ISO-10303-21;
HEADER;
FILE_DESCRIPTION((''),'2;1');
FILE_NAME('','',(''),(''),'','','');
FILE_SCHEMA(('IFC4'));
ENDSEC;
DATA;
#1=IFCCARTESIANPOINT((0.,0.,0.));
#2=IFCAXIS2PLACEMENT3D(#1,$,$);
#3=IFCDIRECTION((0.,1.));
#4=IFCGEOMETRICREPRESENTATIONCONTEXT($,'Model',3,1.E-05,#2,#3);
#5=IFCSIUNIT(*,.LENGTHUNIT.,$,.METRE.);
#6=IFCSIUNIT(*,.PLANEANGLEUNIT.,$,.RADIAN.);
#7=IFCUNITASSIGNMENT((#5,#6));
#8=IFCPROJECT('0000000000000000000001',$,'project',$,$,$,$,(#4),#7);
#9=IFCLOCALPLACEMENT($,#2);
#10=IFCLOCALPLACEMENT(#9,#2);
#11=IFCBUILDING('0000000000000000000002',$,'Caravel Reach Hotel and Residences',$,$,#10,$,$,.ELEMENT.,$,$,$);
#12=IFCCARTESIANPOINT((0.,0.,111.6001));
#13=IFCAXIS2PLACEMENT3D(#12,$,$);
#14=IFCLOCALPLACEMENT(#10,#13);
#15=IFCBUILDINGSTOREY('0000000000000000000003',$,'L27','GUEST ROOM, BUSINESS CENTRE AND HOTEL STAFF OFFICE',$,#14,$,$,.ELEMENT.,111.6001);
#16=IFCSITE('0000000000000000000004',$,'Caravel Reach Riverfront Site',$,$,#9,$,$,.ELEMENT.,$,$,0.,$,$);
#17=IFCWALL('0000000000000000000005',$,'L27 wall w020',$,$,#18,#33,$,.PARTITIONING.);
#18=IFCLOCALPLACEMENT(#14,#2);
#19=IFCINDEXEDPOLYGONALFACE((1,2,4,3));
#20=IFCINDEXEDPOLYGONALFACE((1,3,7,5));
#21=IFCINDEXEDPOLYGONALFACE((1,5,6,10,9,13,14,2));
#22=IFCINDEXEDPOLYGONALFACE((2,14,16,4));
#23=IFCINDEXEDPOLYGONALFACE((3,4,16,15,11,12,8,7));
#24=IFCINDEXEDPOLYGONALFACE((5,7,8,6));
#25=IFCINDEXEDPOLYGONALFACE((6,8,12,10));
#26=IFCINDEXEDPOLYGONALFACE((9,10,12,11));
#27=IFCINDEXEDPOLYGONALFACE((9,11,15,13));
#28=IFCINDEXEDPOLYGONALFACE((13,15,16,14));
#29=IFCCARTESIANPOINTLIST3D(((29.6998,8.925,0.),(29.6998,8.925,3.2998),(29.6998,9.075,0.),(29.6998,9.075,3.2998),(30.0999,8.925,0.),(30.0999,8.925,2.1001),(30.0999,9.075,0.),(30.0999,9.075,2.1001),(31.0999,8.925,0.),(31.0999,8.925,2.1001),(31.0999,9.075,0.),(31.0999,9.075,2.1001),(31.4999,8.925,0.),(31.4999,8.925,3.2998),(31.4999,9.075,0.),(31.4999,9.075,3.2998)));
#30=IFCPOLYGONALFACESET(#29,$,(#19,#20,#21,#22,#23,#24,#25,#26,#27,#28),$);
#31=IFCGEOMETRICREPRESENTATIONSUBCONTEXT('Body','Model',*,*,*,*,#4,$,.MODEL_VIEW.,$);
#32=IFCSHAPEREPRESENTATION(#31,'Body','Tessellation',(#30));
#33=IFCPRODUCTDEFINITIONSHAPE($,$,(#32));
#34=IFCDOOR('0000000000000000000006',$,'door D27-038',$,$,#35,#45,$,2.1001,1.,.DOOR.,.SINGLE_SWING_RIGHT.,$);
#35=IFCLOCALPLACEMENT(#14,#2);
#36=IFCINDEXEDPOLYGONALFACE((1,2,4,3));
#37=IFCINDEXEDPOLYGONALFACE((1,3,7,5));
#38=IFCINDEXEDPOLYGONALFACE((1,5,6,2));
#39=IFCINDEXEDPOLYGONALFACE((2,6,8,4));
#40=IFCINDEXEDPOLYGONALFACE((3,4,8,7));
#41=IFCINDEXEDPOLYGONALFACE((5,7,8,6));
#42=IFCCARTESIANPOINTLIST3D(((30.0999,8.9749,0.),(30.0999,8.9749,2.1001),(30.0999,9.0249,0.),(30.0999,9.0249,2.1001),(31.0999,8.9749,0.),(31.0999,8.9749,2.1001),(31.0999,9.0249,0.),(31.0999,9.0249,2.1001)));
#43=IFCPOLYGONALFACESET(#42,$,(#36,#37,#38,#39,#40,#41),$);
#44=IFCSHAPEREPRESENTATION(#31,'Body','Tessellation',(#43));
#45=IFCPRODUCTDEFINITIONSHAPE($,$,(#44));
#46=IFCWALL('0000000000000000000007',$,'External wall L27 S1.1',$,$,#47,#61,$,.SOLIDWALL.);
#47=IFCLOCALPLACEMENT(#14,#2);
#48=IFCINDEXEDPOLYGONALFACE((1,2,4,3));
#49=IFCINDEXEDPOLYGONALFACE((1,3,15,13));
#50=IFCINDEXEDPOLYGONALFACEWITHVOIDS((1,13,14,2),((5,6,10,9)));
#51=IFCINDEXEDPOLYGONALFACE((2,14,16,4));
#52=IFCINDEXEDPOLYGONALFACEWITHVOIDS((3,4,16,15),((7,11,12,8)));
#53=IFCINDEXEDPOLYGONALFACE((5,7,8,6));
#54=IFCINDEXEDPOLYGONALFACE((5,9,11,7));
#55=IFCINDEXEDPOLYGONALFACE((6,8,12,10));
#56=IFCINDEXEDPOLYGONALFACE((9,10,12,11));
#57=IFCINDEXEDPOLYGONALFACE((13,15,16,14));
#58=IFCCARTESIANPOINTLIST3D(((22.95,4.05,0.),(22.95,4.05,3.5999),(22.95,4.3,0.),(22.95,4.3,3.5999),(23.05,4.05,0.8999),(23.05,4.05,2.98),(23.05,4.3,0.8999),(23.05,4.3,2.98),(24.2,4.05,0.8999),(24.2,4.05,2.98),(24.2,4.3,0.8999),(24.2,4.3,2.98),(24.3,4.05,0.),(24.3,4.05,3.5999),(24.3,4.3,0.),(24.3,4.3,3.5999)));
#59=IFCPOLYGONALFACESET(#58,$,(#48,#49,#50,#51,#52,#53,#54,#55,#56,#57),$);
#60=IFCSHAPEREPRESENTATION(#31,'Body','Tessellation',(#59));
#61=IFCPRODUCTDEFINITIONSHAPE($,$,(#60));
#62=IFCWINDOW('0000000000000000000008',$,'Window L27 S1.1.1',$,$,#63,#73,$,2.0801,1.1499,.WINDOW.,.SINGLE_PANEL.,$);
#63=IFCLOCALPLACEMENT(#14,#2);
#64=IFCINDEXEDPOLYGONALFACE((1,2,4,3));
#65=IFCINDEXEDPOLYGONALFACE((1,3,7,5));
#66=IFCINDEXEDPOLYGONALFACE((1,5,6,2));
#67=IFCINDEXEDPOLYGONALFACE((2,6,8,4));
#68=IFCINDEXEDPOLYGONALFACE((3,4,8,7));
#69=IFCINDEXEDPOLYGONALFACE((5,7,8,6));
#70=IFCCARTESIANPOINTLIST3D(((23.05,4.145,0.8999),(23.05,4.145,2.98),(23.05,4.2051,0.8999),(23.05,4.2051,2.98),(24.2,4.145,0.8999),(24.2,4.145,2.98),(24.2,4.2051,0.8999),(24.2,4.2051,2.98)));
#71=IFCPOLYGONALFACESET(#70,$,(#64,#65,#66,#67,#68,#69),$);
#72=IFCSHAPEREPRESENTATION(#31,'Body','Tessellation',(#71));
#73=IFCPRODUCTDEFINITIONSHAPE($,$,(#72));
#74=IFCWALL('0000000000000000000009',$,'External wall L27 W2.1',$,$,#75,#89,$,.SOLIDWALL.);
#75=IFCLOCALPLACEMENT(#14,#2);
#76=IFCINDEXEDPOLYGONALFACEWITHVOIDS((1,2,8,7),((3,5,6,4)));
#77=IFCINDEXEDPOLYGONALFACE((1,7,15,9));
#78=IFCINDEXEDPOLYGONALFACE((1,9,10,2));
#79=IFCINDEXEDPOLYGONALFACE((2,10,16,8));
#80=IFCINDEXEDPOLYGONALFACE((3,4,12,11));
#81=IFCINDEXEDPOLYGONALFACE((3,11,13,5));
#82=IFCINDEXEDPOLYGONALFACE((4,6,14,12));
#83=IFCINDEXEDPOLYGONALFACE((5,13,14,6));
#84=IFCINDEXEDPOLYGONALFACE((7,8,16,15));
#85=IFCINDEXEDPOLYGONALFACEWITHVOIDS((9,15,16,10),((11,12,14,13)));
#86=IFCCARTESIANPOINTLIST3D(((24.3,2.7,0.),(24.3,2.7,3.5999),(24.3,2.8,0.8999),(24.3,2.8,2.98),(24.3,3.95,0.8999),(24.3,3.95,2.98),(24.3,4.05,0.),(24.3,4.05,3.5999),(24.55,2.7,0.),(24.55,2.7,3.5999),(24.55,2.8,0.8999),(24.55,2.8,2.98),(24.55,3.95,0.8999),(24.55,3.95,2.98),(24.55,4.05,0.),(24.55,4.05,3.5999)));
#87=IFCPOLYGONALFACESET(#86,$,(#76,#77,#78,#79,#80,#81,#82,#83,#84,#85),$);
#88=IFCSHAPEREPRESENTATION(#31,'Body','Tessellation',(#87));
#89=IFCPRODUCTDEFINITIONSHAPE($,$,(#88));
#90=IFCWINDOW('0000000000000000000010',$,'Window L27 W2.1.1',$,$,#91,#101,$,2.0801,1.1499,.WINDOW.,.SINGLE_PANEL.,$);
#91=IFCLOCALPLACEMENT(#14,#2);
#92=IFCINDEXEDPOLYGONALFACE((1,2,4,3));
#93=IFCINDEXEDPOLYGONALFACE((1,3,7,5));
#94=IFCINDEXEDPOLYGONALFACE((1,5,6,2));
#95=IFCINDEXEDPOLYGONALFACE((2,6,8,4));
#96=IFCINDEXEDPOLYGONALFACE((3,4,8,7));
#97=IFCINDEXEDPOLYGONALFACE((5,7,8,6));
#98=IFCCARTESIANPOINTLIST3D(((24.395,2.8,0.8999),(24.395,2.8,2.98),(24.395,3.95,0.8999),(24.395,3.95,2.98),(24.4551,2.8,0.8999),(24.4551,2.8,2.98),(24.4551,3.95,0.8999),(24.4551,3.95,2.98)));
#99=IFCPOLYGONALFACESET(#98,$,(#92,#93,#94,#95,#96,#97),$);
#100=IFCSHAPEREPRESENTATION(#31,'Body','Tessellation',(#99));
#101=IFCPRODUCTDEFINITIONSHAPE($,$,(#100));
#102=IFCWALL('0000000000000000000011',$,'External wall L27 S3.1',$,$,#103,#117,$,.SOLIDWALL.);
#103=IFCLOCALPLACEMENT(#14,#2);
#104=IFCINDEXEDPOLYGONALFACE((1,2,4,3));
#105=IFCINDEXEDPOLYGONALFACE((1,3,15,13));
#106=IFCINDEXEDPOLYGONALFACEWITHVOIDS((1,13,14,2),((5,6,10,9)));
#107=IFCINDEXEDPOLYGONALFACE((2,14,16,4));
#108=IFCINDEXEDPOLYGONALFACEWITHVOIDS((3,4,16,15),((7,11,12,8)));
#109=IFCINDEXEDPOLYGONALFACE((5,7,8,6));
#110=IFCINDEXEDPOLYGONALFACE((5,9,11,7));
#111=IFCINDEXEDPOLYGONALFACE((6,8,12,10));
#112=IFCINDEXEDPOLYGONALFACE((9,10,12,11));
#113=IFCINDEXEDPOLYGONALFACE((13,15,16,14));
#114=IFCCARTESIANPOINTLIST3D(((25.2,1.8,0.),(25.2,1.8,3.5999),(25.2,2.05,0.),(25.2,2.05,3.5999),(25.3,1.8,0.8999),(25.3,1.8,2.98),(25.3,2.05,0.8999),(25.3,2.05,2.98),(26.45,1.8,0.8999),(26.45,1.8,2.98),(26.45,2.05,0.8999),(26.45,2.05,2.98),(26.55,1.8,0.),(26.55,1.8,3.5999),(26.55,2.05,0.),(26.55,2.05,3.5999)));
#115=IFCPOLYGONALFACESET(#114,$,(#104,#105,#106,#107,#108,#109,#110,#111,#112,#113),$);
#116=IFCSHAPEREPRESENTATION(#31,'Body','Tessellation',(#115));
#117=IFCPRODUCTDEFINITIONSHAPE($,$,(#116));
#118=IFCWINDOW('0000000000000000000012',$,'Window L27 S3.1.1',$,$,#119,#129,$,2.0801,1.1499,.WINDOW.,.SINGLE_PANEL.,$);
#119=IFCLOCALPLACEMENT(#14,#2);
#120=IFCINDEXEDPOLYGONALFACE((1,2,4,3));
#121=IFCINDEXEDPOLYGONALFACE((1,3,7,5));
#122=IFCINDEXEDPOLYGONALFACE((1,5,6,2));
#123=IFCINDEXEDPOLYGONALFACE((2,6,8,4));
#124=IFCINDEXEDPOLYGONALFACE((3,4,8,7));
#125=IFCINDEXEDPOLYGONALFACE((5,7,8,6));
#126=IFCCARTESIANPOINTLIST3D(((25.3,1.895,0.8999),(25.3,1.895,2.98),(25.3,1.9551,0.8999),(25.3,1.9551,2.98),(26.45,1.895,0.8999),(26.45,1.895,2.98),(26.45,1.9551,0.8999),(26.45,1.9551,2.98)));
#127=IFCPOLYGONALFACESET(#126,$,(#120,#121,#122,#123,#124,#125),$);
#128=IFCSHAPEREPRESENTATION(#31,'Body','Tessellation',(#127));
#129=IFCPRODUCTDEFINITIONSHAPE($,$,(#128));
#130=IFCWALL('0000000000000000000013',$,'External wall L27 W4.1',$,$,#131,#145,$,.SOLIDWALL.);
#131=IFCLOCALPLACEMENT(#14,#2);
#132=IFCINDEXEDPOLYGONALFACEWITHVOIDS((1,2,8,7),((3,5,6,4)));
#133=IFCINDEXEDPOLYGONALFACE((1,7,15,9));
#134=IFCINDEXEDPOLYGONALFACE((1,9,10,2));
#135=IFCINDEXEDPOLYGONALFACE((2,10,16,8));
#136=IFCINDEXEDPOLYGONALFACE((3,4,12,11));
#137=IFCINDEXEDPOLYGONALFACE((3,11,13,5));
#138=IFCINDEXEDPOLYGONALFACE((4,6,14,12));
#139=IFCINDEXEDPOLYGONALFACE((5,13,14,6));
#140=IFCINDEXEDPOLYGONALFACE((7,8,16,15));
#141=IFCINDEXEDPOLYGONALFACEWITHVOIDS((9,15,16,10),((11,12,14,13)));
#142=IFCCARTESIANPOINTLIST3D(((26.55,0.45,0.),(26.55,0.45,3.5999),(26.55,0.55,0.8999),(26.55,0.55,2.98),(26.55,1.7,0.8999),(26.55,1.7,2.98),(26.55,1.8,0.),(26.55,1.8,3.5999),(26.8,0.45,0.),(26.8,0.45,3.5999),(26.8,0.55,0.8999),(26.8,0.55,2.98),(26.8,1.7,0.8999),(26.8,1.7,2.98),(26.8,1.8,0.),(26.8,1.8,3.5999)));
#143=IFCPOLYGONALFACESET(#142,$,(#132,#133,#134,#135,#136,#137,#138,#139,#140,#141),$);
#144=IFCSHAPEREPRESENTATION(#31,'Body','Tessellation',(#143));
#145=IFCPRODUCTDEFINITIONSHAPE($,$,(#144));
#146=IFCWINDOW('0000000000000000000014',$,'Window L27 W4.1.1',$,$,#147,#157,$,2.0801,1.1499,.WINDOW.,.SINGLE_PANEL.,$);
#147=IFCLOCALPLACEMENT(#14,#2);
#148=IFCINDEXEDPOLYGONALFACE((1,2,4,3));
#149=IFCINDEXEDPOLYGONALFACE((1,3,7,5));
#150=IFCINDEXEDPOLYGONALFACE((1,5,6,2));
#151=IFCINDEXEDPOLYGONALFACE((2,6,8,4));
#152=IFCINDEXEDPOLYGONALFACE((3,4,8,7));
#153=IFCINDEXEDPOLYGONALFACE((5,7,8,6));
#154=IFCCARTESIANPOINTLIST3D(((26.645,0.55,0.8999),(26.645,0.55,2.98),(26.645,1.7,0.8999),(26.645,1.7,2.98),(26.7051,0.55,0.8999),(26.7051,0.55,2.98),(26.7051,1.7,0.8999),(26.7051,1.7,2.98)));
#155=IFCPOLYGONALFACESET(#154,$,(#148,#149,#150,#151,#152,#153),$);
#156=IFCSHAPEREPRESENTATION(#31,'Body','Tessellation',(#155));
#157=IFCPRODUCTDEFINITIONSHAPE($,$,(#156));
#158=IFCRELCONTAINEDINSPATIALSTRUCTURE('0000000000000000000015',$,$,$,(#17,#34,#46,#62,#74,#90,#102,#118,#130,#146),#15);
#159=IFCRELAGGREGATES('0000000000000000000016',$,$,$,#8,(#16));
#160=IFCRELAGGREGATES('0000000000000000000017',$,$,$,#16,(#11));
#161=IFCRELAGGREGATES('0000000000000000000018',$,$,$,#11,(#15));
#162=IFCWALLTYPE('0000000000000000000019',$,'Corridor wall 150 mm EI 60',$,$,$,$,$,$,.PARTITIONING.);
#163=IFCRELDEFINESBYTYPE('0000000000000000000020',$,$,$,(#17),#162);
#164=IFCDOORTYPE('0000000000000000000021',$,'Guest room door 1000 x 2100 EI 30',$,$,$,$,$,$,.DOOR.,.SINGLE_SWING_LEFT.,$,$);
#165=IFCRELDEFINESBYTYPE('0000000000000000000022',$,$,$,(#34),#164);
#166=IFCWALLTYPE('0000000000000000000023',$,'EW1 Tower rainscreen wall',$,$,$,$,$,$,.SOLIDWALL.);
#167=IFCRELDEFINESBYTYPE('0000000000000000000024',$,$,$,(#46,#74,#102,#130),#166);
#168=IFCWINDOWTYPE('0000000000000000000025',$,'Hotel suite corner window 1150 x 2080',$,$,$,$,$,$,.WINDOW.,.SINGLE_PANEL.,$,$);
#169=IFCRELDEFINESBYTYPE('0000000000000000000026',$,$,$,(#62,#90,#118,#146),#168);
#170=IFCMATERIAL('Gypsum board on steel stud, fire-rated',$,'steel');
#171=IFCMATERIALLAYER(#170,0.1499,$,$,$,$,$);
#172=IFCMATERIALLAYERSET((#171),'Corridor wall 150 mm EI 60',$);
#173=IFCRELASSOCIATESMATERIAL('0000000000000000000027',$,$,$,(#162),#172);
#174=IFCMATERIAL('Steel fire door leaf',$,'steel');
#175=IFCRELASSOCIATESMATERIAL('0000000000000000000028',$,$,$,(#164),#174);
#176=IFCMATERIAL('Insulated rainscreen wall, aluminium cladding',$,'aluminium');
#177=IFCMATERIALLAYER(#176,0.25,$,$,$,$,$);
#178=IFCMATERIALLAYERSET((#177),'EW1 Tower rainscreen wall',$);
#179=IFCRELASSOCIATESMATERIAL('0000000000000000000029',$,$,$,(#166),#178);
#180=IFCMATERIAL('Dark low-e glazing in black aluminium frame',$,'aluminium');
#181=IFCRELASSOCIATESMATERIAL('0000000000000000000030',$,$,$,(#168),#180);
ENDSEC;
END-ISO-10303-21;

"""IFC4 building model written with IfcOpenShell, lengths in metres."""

from ifc_helpers import new_model, si_unit, direction, frame, frame_2d, origin, place, context, subcontext, project, spatial, rectangle, extrude, material, layer, layer_set, type_object, element, fill, save


model = new_model("IFC4")

# Units and contexts
model_context = context("Model", 3, precision=1e-05, world=origin(), true_north=direction((0.0, 1.0)))
body_context = subcontext(model_context, "Body", "Model", "MODEL_VIEW")
ifc_project = project(units=[si_unit("LENGTHUNIT", "METRE"), si_unit("PLANEANGLEUNIT", "RADIAN")], contexts=[model_context])

# Site, building, storey
site_placement = place(None, origin())
site = spatial("IfcSite", under=ifc_project, at=site_placement, Name="Caravel Reach Riverfront Site", CompositionType="ELEMENT", RefElevation=0.0)
building_placement = place(site_placement, origin())
building = spatial("IfcBuilding", under=site, at=building_placement, Name="Caravel Reach Hotel and Residences", CompositionType="ELEMENT")
storey_placement = place(building_placement, frame((0.0, 0.0, 111.6001)))
storey = spatial("IfcBuildingStorey", under=building, at=storey_placement, Name="L27", Description="GUEST ROOM, BUSINESS CENTRE AND HOTEL STAFF OFFICE", CompositionType="ELEMENT", Elevation=111.6001)

# Wall, opening, door
ifc_material_1 = material(Name="Gypsum board on steel stud, fire-rated", Category="steel")
ifc_layer_1 = layer(ifc_material_1, 0.1499)
ifc_layer_set_1 = layer_set([ifc_layer_1], Name="Corridor wall 150 mm EI 60")
wall_type_1 = type_object("IfcWallType", Name="Corridor wall 150 mm EI 60", PredefinedType="PARTITIONING", material=ifc_layer_set_1)
wall_1_placement = place(storey_placement, frame((29.7, 9.0, 0.0), z_axis=(0.0, 0.0, 1.0), x_axis=(1.0, 0.0, 0.0)))
wall_1 = element("IfcWall", 1, at=wall_1_placement, inside=storey, type_object=wall_type_1, Name="L27 wall w020", PredefinedType="PARTITIONING", context=body_context, shape_type="SweptSolid", body=[
    extrude(rectangle(XDim=1.8, YDim=0.1499, at=frame_2d((0.8999, 0.0))), origin(), (0.0, 0.0, 1.0), 3.2998),
])
opening_1_placement = place(wall_1_placement, frame((0.3999, 0.0, 0.0)))
opening_1 = element("IfcOpeningElement", 2, at=opening_1_placement, cuts=wall_1, PredefinedType="OPENING", context=body_context, shape_type="SweptSolid", body=[
    extrude(rectangle(XDim=1.0, YDim=2.1001, at=frame_2d((0.5, 1.05))), frame((0.0, 0.085, 0.0), z_axis=(0.0, -1.0, 0.0), x_axis=(1.0, 0.0, 0.0)), (0.0, 0.0, 1.0), 0.1699),
])
ifc_material_2 = material(Name="Steel fire door leaf", Category="steel")
door_type_1 = type_object("IfcDoorType", Name="Guest room door 1000 x 2100 EI 30", OperationType="SINGLE_SWING_LEFT", PredefinedType="DOOR", material=ifc_material_2)
door_1_placement = place(opening_1_placement, origin())
door_1 = element("IfcDoor", 3, at=door_1_placement, inside=storey, type_object=door_type_1, Name="door D27-038", OperationType="SINGLE_SWING_RIGHT", OverallHeight=2.1001, OverallWidth=1.0, PredefinedType="DOOR", context=body_context, shape_type="SweptSolid", body=[
    extrude(rectangle(XDim=1.0, YDim=2.1001, at=frame_2d((0.5, 1.05))), frame((0.0, 0.0249, 0.0), z_axis=(0.0, -1.0, 0.0), x_axis=(1.0, 0.0, 0.0)), (0.0, 0.0, 1.0), 0.05),
])
fill(opening_1, door_1)

# Walls, openings, windows
ifc_material_3 = material(Name="Insulated rainscreen wall, aluminium cladding", Category="aluminium")
ifc_layer_2 = layer(ifc_material_3, 0.25)
ifc_layer_set_2 = layer_set([ifc_layer_2], Name="EW1 Tower rainscreen wall")
wall_type_2 = type_object("IfcWallType", Name="EW1 Tower rainscreen wall", PredefinedType="SOLIDWALL", material=ifc_layer_set_2)
wall_2_placement = place(storey_placement, frame((22.95, 4.175, 0.0), z_axis=(0.0, 0.0, 1.0), x_axis=(1.0, 0.0, 0.0)))
wall_2 = element("IfcWall", 4, at=wall_2_placement, inside=storey, type_object=wall_type_2, Name="External wall L27 S1.1", PredefinedType="SOLIDWALL", context=body_context, shape_type="SweptSolid", body=[
    extrude(rectangle(XDim=1.3501, YDim=0.25, at=frame_2d((0.675, 0.0))), origin(), (0.0, 0.0, 1.0), 3.5999),
])
opening_2_placement = place(wall_2_placement, frame((0.1001, 0.0, 0.8999)))
opening_2 = element("IfcOpeningElement", 5, at=opening_2_placement, cuts=wall_2, PredefinedType="OPENING", context=body_context, shape_type="SweptSolid", body=[
    extrude(rectangle(XDim=1.1499, YDim=2.0801, at=frame_2d((0.575, 1.04))), frame((0.0, 0.135, 0.0), z_axis=(0.0, -1.0, 0.0), x_axis=(1.0, 0.0, 0.0)), (0.0, 0.0, 1.0), 0.27),
])
ifc_material_4 = material(Name="Dark low-e glazing in black aluminium frame", Category="aluminium")
window_type_1 = type_object("IfcWindowType", Name="Hotel suite corner window 1150 x 2080", PartitioningType="SINGLE_PANEL", PredefinedType="WINDOW", material=ifc_material_4)
window_1_placement = place(opening_2_placement, origin())
window_1 = element("IfcWindow", 6, at=window_1_placement, inside=storey, type_object=window_type_1, Name="Window L27 S1.1.1", OverallHeight=2.0801, OverallWidth=1.1499, PartitioningType="SINGLE_PANEL", PredefinedType="WINDOW", context=body_context, shape_type="SweptSolid", body=[
    extrude(rectangle(XDim=1.1499, YDim=2.0801, at=frame_2d((0.575, 1.04))), frame((0.0, 0.03, 0.0), z_axis=(0.0, -1.0, 0.0), x_axis=(1.0, 0.0, 0.0)), (0.0, 0.0, 1.0), 0.0601),
])
fill(opening_2, window_1)
wall_3_placement = place(storey_placement, frame((24.425, 4.05, 0.0), z_axis=(0.0, 0.0, 1.0), x_axis=(0.0, -1.0, 0.0)))
wall_3 = element("IfcWall", 7, at=wall_3_placement, inside=storey, type_object=wall_type_2, Name="External wall L27 W2.1", PredefinedType="SOLIDWALL", context=body_context, shape_type="SweptSolid", body=[
    extrude(rectangle(XDim=1.3501, YDim=0.25, at=frame_2d((0.675, 0.0))), origin(), (0.0, 0.0, 1.0), 3.5999),
])
opening_3_placement = place(wall_3_placement, frame((0.1001, 0.0, 0.8999)))
opening_3 = element("IfcOpeningElement", 8, at=opening_3_placement, cuts=wall_3, PredefinedType="OPENING", context=body_context, shape_type="SweptSolid", body=[
    extrude(rectangle(XDim=1.1499, YDim=2.0801, at=frame_2d((0.575, 1.04))), frame((0.0, 0.135, 0.0), z_axis=(0.0, -1.0, 0.0), x_axis=(1.0, 0.0, 0.0)), (0.0, 0.0, 1.0), 0.27),
])
window_2_placement = place(opening_3_placement, origin())
window_2 = element("IfcWindow", 9, at=window_2_placement, inside=storey, type_object=window_type_1, Name="Window L27 W2.1.1", OverallHeight=2.0801, OverallWidth=1.1499, PartitioningType="SINGLE_PANEL", PredefinedType="WINDOW", context=body_context, shape_type="SweptSolid", body=[
    extrude(rectangle(XDim=1.1499, YDim=2.0801, at=frame_2d((0.575, 1.04))), frame((0.0, 0.03, 0.0), z_axis=(0.0, -1.0, 0.0), x_axis=(1.0, 0.0, 0.0)), (0.0, 0.0, 1.0), 0.0601),
])
fill(opening_3, window_2)
wall_4_placement = place(storey_placement, frame((25.2, 1.925, 0.0), z_axis=(0.0, 0.0, 1.0), x_axis=(1.0, 0.0, 0.0)))
wall_4 = element("IfcWall", 10, at=wall_4_placement, inside=storey, type_object=wall_type_2, Name="External wall L27 S3.1", PredefinedType="SOLIDWALL", context=body_context, shape_type="SweptSolid", body=[
    extrude(rectangle(XDim=1.3501, YDim=0.25, at=frame_2d((0.675, 0.0))), origin(), (0.0, 0.0, 1.0), 3.5999),
])
opening_4_placement = place(wall_4_placement, frame((0.1001, 0.0, 0.8999)))
opening_4 = element("IfcOpeningElement", 11, at=opening_4_placement, cuts=wall_4, PredefinedType="OPENING", context=body_context, shape_type="SweptSolid", body=[
    extrude(rectangle(XDim=1.1499, YDim=2.0801, at=frame_2d((0.575, 1.04))), frame((0.0, 0.135, 0.0), z_axis=(0.0, -1.0, 0.0), x_axis=(1.0, 0.0, 0.0)), (0.0, 0.0, 1.0), 0.27),
])
window_3_placement = place(opening_4_placement, origin())
window_3 = element("IfcWindow", 12, at=window_3_placement, inside=storey, type_object=window_type_1, Name="Window L27 S3.1.1", OverallHeight=2.0801, OverallWidth=1.1499, PartitioningType="SINGLE_PANEL", PredefinedType="WINDOW", context=body_context, shape_type="SweptSolid", body=[
    extrude(rectangle(XDim=1.1499, YDim=2.0801, at=frame_2d((0.575, 1.04))), frame((0.0, 0.03, 0.0), z_axis=(0.0, -1.0, 0.0), x_axis=(1.0, 0.0, 0.0)), (0.0, 0.0, 1.0), 0.0601),
])
fill(opening_4, window_3)
wall_5_placement = place(storey_placement, frame((26.675, 1.8, 0.0), z_axis=(0.0, 0.0, 1.0), x_axis=(0.0, -1.0, 0.0)))
wall_5 = element("IfcWall", 13, at=wall_5_placement, inside=storey, type_object=wall_type_2, Name="External wall L27 W4.1", PredefinedType="SOLIDWALL", context=body_context, shape_type="SweptSolid", body=[
    extrude(rectangle(XDim=1.3501, YDim=0.25, at=frame_2d((0.675, 0.0))), origin(), (0.0, 0.0, 1.0), 3.5999),
])
opening_5_placement = place(wall_5_placement, frame((0.1001, 0.0, 0.8999)))
opening_5 = element("IfcOpeningElement", 14, at=opening_5_placement, cuts=wall_5, PredefinedType="OPENING", context=body_context, shape_type="SweptSolid", body=[
    extrude(rectangle(XDim=1.1499, YDim=2.0801, at=frame_2d((0.575, 1.04))), frame((0.0, 0.135, 0.0), z_axis=(0.0, -1.0, 0.0), x_axis=(1.0, 0.0, 0.0)), (0.0, 0.0, 1.0), 0.27),
])
window_4_placement = place(opening_5_placement, origin())
window_4 = element("IfcWindow", 15, at=window_4_placement, inside=storey, type_object=window_type_1, Name="Window L27 W4.1.1", OverallHeight=2.0801, OverallWidth=1.1499, PartitioningType="SINGLE_PANEL", PredefinedType="WINDOW", context=body_context, shape_type="SweptSolid", body=[
    extrude(rectangle(XDim=1.1499, YDim=2.0801, at=frame_2d((0.575, 1.04))), frame((0.0, 0.03, 0.0), z_axis=(0.0, -1.0, 0.0), x_axis=(1.0, 0.0, 0.0)), (0.0, 0.0, 1.0), 0.0601),
])
fill(opening_5, window_4)

save(model, "model.ifc")
